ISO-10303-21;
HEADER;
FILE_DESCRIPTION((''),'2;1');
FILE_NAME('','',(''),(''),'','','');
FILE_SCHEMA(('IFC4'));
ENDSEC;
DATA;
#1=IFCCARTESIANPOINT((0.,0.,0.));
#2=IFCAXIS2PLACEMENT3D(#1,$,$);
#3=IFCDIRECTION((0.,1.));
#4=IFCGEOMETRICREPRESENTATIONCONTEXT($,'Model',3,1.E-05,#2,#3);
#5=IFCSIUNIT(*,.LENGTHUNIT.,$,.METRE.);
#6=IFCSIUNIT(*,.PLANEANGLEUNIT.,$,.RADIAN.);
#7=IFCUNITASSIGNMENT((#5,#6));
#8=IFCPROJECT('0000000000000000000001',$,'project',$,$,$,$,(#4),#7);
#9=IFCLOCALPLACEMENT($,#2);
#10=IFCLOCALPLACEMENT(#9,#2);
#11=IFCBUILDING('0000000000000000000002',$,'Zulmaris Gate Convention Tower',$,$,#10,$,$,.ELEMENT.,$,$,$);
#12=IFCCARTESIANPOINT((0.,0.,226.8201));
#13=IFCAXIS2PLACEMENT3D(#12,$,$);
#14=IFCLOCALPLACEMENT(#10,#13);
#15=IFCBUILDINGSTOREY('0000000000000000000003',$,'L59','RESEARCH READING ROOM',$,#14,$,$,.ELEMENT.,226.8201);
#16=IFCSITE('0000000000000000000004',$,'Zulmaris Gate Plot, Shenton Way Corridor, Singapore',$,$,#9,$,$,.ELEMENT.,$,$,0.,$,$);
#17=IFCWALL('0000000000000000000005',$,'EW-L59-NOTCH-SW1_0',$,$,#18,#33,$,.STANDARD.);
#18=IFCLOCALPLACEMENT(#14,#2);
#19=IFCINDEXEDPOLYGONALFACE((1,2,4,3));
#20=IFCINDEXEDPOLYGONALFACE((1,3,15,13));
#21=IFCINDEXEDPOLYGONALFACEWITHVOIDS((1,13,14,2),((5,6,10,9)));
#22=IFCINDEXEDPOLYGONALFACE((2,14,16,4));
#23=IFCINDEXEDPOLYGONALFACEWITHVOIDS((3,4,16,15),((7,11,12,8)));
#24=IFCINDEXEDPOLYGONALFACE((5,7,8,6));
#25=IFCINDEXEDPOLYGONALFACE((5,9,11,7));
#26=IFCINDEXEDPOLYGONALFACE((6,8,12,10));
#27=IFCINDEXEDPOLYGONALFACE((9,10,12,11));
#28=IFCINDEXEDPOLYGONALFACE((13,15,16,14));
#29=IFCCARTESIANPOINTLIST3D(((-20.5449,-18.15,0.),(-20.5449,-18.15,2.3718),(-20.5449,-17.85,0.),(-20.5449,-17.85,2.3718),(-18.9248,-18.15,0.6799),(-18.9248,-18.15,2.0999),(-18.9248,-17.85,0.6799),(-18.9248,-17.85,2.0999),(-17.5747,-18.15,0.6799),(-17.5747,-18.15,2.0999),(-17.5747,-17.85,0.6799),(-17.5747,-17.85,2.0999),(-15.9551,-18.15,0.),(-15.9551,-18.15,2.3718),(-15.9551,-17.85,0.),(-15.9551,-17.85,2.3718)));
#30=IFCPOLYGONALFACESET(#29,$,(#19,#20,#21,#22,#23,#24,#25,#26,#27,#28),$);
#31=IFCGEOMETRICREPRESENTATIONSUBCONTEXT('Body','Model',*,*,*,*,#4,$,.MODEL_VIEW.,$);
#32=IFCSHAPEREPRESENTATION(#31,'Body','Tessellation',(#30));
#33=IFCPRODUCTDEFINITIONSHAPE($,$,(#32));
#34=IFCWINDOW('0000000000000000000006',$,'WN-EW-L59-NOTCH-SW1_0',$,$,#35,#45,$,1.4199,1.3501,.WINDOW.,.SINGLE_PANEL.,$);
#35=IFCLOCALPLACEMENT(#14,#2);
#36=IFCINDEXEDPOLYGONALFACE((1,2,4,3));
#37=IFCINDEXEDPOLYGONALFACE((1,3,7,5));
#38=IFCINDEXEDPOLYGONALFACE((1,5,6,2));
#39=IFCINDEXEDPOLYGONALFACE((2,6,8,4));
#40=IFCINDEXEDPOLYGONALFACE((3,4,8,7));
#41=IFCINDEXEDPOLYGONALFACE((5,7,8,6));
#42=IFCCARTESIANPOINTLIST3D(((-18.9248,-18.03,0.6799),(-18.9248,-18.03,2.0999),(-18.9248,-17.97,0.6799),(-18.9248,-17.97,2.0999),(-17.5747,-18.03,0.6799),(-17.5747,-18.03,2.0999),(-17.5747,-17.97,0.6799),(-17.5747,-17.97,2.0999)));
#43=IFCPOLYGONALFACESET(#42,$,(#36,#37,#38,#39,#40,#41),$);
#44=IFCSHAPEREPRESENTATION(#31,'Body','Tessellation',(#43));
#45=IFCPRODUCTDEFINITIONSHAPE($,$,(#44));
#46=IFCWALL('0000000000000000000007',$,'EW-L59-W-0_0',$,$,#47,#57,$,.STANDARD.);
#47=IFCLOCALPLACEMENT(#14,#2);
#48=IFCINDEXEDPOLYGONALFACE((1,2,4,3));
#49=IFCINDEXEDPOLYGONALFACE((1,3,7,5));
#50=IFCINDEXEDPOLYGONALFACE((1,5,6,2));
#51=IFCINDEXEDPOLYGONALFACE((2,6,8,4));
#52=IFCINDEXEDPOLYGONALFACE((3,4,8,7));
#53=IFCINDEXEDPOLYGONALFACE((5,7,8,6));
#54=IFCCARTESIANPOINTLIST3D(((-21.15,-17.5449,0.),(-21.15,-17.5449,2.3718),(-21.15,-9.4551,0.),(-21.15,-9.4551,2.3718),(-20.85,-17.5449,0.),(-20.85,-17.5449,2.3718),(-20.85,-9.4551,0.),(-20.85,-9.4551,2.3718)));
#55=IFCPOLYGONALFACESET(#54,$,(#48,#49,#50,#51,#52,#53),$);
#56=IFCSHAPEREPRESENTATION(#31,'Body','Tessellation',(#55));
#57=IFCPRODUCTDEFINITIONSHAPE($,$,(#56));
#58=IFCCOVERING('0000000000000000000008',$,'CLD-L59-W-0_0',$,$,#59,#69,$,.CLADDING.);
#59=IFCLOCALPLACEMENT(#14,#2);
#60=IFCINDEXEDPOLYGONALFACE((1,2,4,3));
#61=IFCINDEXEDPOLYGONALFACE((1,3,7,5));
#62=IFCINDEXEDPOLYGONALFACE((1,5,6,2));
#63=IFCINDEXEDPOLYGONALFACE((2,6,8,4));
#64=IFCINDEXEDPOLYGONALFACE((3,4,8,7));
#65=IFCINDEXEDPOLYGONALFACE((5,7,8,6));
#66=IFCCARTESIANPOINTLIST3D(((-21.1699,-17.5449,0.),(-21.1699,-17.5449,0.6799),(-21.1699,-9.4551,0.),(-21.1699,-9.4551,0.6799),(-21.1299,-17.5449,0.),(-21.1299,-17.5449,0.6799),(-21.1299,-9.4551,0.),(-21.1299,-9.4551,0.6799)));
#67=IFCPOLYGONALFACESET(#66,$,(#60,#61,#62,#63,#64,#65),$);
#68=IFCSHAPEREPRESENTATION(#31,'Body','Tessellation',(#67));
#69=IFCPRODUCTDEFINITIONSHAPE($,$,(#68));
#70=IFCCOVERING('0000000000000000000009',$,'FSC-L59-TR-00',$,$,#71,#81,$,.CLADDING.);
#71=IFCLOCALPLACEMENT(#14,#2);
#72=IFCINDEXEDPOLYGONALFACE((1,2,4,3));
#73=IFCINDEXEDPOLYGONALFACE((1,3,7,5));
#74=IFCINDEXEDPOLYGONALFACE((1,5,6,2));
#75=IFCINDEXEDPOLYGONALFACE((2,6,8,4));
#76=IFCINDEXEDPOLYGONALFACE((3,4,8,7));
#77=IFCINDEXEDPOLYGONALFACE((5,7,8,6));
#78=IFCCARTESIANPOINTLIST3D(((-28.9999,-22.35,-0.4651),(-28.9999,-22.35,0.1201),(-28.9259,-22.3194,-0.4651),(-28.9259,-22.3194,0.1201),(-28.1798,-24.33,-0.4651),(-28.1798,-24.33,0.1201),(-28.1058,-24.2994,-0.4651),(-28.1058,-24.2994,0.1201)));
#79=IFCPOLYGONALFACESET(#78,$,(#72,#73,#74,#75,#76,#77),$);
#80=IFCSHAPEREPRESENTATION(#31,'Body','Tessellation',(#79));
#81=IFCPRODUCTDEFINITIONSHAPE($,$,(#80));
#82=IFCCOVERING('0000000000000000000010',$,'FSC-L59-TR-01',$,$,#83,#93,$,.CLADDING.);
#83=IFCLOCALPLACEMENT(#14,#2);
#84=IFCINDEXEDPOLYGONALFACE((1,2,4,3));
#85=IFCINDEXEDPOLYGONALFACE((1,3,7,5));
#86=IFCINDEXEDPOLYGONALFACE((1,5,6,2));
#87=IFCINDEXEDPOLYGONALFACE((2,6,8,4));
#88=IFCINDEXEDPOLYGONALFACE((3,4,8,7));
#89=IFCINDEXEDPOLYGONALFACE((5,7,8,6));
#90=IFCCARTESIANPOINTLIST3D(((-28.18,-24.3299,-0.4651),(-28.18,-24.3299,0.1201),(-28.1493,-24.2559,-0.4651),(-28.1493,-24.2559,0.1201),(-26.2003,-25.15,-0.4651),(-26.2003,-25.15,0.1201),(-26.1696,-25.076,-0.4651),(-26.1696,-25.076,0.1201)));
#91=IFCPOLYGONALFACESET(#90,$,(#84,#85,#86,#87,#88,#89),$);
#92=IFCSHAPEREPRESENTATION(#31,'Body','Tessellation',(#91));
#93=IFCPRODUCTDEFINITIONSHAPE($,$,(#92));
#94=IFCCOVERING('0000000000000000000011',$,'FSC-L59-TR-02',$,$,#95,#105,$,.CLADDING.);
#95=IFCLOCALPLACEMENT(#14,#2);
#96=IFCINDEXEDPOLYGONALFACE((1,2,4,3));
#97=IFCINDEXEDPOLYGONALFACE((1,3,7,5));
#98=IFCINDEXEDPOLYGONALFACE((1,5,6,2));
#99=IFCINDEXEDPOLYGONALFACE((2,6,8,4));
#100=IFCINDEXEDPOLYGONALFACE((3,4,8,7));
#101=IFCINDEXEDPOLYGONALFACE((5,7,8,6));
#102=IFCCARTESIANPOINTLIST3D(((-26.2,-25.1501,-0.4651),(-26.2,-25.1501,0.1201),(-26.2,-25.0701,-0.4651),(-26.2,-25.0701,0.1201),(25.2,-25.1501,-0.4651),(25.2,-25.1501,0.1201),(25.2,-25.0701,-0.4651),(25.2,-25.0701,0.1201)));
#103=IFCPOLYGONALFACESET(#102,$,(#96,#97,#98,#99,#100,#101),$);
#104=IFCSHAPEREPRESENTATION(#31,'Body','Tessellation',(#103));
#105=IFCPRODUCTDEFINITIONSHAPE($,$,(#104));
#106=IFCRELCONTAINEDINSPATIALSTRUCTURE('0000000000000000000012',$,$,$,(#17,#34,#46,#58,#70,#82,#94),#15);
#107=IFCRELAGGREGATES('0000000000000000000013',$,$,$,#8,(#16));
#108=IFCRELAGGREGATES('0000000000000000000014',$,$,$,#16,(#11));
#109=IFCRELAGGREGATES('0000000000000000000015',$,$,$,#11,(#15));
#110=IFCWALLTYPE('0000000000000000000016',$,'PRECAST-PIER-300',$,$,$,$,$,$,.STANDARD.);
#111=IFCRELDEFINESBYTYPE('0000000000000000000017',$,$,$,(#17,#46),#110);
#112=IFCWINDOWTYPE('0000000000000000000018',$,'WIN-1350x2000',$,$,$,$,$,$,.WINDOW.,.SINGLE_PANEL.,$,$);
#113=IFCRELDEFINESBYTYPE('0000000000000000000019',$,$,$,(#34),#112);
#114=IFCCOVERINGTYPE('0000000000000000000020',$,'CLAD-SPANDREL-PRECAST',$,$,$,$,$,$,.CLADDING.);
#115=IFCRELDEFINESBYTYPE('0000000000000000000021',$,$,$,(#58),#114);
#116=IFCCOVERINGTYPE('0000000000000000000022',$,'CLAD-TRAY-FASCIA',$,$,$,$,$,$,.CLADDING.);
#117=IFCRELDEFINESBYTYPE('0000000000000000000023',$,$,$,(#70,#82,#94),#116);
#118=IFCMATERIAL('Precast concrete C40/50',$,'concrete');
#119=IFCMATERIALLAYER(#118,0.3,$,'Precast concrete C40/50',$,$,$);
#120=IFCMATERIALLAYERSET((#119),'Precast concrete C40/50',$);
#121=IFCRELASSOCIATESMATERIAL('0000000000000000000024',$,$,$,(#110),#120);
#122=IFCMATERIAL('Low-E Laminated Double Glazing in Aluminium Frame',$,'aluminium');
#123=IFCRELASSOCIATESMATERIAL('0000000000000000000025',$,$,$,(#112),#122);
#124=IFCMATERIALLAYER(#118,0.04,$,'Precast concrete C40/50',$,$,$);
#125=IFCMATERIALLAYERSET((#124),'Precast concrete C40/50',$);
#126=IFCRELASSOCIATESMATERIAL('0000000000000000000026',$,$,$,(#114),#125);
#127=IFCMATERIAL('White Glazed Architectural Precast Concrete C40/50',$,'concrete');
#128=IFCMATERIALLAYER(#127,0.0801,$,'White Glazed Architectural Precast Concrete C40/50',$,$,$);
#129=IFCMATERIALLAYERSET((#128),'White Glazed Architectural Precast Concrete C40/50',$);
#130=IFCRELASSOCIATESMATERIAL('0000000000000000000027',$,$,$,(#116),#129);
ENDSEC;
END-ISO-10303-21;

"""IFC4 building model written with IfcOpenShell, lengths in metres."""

from ifc_helpers import new_model, si_unit, direction, frame, frame_2d, origin, place, context, subcontext, project, spatial, rectangle, extrude, material, layer, layer_set, type_object, element, fill, save


model = new_model("IFC4")

# Units and contexts
model_context = context("Model", 3, precision=1e-05, world=origin(), true_north=direction((0.0, 1.0)))
body_context = subcontext(model_context, "Body", "Model", "MODEL_VIEW")
ifc_project = project(units=[si_unit("LENGTHUNIT", "METRE"), si_unit("PLANEANGLEUNIT", "RADIAN")], contexts=[model_context])

# Site, building, storey
site_placement = place(None, origin())
site = spatial("IfcSite", under=ifc_project, at=site_placement, Name="Zulmaris Gate Plot, Shenton Way Corridor, Singapore", CompositionType="ELEMENT", RefElevation=0.0)
building_placement = place(site_placement, origin())
building = spatial("IfcBuilding", under=site, at=building_placement, Name="Zulmaris Gate Convention Tower", CompositionType="ELEMENT")
storey_placement = place(building_placement, frame((0.0, 0.0, 226.8201)))
storey = spatial("IfcBuildingStorey", under=building, at=storey_placement, Name="L59", Description="RESEARCH READING ROOM", CompositionType="ELEMENT", Elevation=226.8201)

# Wall, opening, window
ifc_material_1 = material(Name="Precast concrete C40/50", Category="concrete")
ifc_layer_1 = layer(ifc_material_1, 0.3, Name="Precast concrete C40/50")
ifc_layer_set_1 = layer_set([ifc_layer_1], Name="Precast concrete C40/50")
wall_type_1 = type_object("IfcWallType", Name="PRECAST-PIER-300", PredefinedType="STANDARD", material=ifc_layer_set_1)
wall_1_placement = place(storey_placement, frame((-20.5449, -18.0, 0.0), z_axis=(0.0, 0.0, 1.0), x_axis=(1.0, 0.0, 0.0)))
wall_1 = element("IfcWall", 1, at=wall_1_placement, inside=storey, type_object=wall_type_1, Name="EW-L59-NOTCH-SW1_0", PredefinedType="STANDARD", context=body_context, shape_type="SweptSolid", body=[
    extrude(rectangle(XDim=4.5898, YDim=0.3, at=frame_2d((2.2949, 0.0))), origin(), (0.0, 0.0, 1.0), 2.3718),
])
opening_1_placement = place(wall_1_placement, frame((1.6201, 0.0, 0.6799)))
opening_1 = element("IfcOpeningElement", 2, at=opening_1_placement, cuts=wall_1, PredefinedType="OPENING", context=body_context, shape_type="SweptSolid", body=[
    extrude(rectangle(XDim=1.3501, YDim=1.4199, at=frame_2d((0.675, 0.71))), frame((0.0, 0.1602, 0.0), z_axis=(0.0, -1.0, 0.0), x_axis=(1.0, 0.0, 0.0)), (0.0, 0.0, 1.0), 0.3201),
])
ifc_material_2 = material(Name="Low-E Laminated Double Glazing in Aluminium Frame", Category="aluminium")
window_type = type_object("IfcWindowType", Name="WIN-1350x2000", PartitioningType="SINGLE_PANEL", PredefinedType="WINDOW", material=ifc_material_2)
window_placement = place(opening_1_placement, origin())
window = element("IfcWindow", 3, at=window_placement, inside=storey, type_object=window_type, Name="WN-EW-L59-NOTCH-SW1_0", OverallHeight=1.4199, OverallWidth=1.3501, PartitioningType="SINGLE_PANEL", PredefinedType="WINDOW", context=body_context, shape_type="SweptSolid", body=[
    extrude(rectangle(XDim=1.3501, YDim=1.4199, at=frame_2d((0.675, 0.71))), frame((0.0, 0.03, 0.0), z_axis=(0.0, -1.0, 0.0), x_axis=(1.0, 0.0, 0.0)), (0.0, 0.0, 1.0), 0.0601),
])
fill(opening_1, window)

# Wall
wall_2_placement = place(storey_placement, frame((-21.0, -9.4551, 0.0), z_axis=(0.0, 0.0, 1.0), x_axis=(0.0, -1.0, 0.0)))
element("IfcWall", 4, at=wall_2_placement, inside=storey, type_object=wall_type_1, Name="EW-L59-W-0_0", PredefinedType="STANDARD", context=body_context, shape_type="SweptSolid", body=[
    extrude(rectangle(XDim=8.0898, YDim=0.3, at=frame_2d((4.0449, 0.0))), origin(), (0.0, 0.0, 1.0), 2.3718),
])

# Coverings
ifc_layer_2 = layer(ifc_material_1, 0.04, Name="Precast concrete C40/50")
ifc_layer_set_2 = layer_set([ifc_layer_2], Name="Precast concrete C40/50")
covering_type_1 = type_object("IfcCoveringType", Name="CLAD-SPANDREL-PRECAST", PredefinedType="CLADDING", material=ifc_layer_set_2)
covering_1_placement = place(storey_placement, frame((-21.1499, -9.4551, 0.0), z_axis=(0.0, 0.0, 1.0), x_axis=(0.0, -1.0, 0.0)))
element("IfcCovering", 5, at=covering_1_placement, inside=storey, type_object=covering_type_1, Name="CLD-L59-W-0_0", PredefinedType="CLADDING", context=body_context, shape_type="SweptSolid", body=[
    extrude(rectangle(XDim=8.0898, YDim=0.04, at=frame_2d((4.0449, 0.0))), origin(), (0.0, 0.0, 1.0), 0.6799),
])
ifc_material_3 = material(Name="White Glazed Architectural Precast Concrete C40/50", Category="concrete")
ifc_layer_3 = layer(ifc_material_3, 0.0801, Name="White Glazed Architectural Precast Concrete C40/50")
ifc_layer_set_3 = layer_set([ifc_layer_3], Name="White Glazed Architectural Precast Concrete C40/50")
covering_type_2 = type_object("IfcCoveringType", Name="CLAD-TRAY-FASCIA", PredefinedType="CLADDING", material=ifc_layer_set_3)
covering_2_placement = place(storey_placement, frame((-28.9629, -22.3347, -0.4651), z_axis=(0.0, 0.0, 1.0), x_axis=(0.382657, -0.92389, 0.0)))
element("IfcCovering", 6, at=covering_2_placement, inside=storey, type_object=covering_type_2, Name="FSC-L59-TR-00", PredefinedType="CLADDING", context=body_context, shape_type="SweptSolid", body=[
    extrude(rectangle(XDim=2.1431, YDim=0.0801, at=frame_2d((1.0715, 0.0))), origin(), (0.0, 0.0, 1.0), 0.5852),
])
covering_3_placement = place(storey_placement, frame((-28.1646, -24.293, -0.4651), z_axis=(0.0, 0.0, 1.0), x_axis=(0.923874, -0.382697, 0.0)))
element("IfcCovering", 7, at=covering_3_placement, inside=storey, type_object=covering_type_2, Name="FSC-L59-TR-01", PredefinedType="CLADDING", context=body_context, shape_type="SweptSolid", body=[
    extrude(rectangle(XDim=2.1428, YDim=0.0801, at=frame_2d((1.0713, 0.0))), origin(), (0.0, 0.0, 1.0), 0.5852),
])
covering_4_placement = place(storey_placement, frame((-26.2, -25.1101, -0.4651), z_axis=(0.0, 0.0, 1.0), x_axis=(1.0, 0.0, 0.0)))
element("IfcCovering", 8, at=covering_4_placement, inside=storey, type_object=covering_type_2, Name="FSC-L59-TR-02", PredefinedType="CLADDING", context=body_context, shape_type="SweptSolid", body=[
    extrude(rectangle(XDim=51.3999, YDim=0.0801, at=frame_2d((25.7, 0.0))), origin(), (0.0, 0.0, 1.0), 0.5852),
])

save(model, "model.ifc")
